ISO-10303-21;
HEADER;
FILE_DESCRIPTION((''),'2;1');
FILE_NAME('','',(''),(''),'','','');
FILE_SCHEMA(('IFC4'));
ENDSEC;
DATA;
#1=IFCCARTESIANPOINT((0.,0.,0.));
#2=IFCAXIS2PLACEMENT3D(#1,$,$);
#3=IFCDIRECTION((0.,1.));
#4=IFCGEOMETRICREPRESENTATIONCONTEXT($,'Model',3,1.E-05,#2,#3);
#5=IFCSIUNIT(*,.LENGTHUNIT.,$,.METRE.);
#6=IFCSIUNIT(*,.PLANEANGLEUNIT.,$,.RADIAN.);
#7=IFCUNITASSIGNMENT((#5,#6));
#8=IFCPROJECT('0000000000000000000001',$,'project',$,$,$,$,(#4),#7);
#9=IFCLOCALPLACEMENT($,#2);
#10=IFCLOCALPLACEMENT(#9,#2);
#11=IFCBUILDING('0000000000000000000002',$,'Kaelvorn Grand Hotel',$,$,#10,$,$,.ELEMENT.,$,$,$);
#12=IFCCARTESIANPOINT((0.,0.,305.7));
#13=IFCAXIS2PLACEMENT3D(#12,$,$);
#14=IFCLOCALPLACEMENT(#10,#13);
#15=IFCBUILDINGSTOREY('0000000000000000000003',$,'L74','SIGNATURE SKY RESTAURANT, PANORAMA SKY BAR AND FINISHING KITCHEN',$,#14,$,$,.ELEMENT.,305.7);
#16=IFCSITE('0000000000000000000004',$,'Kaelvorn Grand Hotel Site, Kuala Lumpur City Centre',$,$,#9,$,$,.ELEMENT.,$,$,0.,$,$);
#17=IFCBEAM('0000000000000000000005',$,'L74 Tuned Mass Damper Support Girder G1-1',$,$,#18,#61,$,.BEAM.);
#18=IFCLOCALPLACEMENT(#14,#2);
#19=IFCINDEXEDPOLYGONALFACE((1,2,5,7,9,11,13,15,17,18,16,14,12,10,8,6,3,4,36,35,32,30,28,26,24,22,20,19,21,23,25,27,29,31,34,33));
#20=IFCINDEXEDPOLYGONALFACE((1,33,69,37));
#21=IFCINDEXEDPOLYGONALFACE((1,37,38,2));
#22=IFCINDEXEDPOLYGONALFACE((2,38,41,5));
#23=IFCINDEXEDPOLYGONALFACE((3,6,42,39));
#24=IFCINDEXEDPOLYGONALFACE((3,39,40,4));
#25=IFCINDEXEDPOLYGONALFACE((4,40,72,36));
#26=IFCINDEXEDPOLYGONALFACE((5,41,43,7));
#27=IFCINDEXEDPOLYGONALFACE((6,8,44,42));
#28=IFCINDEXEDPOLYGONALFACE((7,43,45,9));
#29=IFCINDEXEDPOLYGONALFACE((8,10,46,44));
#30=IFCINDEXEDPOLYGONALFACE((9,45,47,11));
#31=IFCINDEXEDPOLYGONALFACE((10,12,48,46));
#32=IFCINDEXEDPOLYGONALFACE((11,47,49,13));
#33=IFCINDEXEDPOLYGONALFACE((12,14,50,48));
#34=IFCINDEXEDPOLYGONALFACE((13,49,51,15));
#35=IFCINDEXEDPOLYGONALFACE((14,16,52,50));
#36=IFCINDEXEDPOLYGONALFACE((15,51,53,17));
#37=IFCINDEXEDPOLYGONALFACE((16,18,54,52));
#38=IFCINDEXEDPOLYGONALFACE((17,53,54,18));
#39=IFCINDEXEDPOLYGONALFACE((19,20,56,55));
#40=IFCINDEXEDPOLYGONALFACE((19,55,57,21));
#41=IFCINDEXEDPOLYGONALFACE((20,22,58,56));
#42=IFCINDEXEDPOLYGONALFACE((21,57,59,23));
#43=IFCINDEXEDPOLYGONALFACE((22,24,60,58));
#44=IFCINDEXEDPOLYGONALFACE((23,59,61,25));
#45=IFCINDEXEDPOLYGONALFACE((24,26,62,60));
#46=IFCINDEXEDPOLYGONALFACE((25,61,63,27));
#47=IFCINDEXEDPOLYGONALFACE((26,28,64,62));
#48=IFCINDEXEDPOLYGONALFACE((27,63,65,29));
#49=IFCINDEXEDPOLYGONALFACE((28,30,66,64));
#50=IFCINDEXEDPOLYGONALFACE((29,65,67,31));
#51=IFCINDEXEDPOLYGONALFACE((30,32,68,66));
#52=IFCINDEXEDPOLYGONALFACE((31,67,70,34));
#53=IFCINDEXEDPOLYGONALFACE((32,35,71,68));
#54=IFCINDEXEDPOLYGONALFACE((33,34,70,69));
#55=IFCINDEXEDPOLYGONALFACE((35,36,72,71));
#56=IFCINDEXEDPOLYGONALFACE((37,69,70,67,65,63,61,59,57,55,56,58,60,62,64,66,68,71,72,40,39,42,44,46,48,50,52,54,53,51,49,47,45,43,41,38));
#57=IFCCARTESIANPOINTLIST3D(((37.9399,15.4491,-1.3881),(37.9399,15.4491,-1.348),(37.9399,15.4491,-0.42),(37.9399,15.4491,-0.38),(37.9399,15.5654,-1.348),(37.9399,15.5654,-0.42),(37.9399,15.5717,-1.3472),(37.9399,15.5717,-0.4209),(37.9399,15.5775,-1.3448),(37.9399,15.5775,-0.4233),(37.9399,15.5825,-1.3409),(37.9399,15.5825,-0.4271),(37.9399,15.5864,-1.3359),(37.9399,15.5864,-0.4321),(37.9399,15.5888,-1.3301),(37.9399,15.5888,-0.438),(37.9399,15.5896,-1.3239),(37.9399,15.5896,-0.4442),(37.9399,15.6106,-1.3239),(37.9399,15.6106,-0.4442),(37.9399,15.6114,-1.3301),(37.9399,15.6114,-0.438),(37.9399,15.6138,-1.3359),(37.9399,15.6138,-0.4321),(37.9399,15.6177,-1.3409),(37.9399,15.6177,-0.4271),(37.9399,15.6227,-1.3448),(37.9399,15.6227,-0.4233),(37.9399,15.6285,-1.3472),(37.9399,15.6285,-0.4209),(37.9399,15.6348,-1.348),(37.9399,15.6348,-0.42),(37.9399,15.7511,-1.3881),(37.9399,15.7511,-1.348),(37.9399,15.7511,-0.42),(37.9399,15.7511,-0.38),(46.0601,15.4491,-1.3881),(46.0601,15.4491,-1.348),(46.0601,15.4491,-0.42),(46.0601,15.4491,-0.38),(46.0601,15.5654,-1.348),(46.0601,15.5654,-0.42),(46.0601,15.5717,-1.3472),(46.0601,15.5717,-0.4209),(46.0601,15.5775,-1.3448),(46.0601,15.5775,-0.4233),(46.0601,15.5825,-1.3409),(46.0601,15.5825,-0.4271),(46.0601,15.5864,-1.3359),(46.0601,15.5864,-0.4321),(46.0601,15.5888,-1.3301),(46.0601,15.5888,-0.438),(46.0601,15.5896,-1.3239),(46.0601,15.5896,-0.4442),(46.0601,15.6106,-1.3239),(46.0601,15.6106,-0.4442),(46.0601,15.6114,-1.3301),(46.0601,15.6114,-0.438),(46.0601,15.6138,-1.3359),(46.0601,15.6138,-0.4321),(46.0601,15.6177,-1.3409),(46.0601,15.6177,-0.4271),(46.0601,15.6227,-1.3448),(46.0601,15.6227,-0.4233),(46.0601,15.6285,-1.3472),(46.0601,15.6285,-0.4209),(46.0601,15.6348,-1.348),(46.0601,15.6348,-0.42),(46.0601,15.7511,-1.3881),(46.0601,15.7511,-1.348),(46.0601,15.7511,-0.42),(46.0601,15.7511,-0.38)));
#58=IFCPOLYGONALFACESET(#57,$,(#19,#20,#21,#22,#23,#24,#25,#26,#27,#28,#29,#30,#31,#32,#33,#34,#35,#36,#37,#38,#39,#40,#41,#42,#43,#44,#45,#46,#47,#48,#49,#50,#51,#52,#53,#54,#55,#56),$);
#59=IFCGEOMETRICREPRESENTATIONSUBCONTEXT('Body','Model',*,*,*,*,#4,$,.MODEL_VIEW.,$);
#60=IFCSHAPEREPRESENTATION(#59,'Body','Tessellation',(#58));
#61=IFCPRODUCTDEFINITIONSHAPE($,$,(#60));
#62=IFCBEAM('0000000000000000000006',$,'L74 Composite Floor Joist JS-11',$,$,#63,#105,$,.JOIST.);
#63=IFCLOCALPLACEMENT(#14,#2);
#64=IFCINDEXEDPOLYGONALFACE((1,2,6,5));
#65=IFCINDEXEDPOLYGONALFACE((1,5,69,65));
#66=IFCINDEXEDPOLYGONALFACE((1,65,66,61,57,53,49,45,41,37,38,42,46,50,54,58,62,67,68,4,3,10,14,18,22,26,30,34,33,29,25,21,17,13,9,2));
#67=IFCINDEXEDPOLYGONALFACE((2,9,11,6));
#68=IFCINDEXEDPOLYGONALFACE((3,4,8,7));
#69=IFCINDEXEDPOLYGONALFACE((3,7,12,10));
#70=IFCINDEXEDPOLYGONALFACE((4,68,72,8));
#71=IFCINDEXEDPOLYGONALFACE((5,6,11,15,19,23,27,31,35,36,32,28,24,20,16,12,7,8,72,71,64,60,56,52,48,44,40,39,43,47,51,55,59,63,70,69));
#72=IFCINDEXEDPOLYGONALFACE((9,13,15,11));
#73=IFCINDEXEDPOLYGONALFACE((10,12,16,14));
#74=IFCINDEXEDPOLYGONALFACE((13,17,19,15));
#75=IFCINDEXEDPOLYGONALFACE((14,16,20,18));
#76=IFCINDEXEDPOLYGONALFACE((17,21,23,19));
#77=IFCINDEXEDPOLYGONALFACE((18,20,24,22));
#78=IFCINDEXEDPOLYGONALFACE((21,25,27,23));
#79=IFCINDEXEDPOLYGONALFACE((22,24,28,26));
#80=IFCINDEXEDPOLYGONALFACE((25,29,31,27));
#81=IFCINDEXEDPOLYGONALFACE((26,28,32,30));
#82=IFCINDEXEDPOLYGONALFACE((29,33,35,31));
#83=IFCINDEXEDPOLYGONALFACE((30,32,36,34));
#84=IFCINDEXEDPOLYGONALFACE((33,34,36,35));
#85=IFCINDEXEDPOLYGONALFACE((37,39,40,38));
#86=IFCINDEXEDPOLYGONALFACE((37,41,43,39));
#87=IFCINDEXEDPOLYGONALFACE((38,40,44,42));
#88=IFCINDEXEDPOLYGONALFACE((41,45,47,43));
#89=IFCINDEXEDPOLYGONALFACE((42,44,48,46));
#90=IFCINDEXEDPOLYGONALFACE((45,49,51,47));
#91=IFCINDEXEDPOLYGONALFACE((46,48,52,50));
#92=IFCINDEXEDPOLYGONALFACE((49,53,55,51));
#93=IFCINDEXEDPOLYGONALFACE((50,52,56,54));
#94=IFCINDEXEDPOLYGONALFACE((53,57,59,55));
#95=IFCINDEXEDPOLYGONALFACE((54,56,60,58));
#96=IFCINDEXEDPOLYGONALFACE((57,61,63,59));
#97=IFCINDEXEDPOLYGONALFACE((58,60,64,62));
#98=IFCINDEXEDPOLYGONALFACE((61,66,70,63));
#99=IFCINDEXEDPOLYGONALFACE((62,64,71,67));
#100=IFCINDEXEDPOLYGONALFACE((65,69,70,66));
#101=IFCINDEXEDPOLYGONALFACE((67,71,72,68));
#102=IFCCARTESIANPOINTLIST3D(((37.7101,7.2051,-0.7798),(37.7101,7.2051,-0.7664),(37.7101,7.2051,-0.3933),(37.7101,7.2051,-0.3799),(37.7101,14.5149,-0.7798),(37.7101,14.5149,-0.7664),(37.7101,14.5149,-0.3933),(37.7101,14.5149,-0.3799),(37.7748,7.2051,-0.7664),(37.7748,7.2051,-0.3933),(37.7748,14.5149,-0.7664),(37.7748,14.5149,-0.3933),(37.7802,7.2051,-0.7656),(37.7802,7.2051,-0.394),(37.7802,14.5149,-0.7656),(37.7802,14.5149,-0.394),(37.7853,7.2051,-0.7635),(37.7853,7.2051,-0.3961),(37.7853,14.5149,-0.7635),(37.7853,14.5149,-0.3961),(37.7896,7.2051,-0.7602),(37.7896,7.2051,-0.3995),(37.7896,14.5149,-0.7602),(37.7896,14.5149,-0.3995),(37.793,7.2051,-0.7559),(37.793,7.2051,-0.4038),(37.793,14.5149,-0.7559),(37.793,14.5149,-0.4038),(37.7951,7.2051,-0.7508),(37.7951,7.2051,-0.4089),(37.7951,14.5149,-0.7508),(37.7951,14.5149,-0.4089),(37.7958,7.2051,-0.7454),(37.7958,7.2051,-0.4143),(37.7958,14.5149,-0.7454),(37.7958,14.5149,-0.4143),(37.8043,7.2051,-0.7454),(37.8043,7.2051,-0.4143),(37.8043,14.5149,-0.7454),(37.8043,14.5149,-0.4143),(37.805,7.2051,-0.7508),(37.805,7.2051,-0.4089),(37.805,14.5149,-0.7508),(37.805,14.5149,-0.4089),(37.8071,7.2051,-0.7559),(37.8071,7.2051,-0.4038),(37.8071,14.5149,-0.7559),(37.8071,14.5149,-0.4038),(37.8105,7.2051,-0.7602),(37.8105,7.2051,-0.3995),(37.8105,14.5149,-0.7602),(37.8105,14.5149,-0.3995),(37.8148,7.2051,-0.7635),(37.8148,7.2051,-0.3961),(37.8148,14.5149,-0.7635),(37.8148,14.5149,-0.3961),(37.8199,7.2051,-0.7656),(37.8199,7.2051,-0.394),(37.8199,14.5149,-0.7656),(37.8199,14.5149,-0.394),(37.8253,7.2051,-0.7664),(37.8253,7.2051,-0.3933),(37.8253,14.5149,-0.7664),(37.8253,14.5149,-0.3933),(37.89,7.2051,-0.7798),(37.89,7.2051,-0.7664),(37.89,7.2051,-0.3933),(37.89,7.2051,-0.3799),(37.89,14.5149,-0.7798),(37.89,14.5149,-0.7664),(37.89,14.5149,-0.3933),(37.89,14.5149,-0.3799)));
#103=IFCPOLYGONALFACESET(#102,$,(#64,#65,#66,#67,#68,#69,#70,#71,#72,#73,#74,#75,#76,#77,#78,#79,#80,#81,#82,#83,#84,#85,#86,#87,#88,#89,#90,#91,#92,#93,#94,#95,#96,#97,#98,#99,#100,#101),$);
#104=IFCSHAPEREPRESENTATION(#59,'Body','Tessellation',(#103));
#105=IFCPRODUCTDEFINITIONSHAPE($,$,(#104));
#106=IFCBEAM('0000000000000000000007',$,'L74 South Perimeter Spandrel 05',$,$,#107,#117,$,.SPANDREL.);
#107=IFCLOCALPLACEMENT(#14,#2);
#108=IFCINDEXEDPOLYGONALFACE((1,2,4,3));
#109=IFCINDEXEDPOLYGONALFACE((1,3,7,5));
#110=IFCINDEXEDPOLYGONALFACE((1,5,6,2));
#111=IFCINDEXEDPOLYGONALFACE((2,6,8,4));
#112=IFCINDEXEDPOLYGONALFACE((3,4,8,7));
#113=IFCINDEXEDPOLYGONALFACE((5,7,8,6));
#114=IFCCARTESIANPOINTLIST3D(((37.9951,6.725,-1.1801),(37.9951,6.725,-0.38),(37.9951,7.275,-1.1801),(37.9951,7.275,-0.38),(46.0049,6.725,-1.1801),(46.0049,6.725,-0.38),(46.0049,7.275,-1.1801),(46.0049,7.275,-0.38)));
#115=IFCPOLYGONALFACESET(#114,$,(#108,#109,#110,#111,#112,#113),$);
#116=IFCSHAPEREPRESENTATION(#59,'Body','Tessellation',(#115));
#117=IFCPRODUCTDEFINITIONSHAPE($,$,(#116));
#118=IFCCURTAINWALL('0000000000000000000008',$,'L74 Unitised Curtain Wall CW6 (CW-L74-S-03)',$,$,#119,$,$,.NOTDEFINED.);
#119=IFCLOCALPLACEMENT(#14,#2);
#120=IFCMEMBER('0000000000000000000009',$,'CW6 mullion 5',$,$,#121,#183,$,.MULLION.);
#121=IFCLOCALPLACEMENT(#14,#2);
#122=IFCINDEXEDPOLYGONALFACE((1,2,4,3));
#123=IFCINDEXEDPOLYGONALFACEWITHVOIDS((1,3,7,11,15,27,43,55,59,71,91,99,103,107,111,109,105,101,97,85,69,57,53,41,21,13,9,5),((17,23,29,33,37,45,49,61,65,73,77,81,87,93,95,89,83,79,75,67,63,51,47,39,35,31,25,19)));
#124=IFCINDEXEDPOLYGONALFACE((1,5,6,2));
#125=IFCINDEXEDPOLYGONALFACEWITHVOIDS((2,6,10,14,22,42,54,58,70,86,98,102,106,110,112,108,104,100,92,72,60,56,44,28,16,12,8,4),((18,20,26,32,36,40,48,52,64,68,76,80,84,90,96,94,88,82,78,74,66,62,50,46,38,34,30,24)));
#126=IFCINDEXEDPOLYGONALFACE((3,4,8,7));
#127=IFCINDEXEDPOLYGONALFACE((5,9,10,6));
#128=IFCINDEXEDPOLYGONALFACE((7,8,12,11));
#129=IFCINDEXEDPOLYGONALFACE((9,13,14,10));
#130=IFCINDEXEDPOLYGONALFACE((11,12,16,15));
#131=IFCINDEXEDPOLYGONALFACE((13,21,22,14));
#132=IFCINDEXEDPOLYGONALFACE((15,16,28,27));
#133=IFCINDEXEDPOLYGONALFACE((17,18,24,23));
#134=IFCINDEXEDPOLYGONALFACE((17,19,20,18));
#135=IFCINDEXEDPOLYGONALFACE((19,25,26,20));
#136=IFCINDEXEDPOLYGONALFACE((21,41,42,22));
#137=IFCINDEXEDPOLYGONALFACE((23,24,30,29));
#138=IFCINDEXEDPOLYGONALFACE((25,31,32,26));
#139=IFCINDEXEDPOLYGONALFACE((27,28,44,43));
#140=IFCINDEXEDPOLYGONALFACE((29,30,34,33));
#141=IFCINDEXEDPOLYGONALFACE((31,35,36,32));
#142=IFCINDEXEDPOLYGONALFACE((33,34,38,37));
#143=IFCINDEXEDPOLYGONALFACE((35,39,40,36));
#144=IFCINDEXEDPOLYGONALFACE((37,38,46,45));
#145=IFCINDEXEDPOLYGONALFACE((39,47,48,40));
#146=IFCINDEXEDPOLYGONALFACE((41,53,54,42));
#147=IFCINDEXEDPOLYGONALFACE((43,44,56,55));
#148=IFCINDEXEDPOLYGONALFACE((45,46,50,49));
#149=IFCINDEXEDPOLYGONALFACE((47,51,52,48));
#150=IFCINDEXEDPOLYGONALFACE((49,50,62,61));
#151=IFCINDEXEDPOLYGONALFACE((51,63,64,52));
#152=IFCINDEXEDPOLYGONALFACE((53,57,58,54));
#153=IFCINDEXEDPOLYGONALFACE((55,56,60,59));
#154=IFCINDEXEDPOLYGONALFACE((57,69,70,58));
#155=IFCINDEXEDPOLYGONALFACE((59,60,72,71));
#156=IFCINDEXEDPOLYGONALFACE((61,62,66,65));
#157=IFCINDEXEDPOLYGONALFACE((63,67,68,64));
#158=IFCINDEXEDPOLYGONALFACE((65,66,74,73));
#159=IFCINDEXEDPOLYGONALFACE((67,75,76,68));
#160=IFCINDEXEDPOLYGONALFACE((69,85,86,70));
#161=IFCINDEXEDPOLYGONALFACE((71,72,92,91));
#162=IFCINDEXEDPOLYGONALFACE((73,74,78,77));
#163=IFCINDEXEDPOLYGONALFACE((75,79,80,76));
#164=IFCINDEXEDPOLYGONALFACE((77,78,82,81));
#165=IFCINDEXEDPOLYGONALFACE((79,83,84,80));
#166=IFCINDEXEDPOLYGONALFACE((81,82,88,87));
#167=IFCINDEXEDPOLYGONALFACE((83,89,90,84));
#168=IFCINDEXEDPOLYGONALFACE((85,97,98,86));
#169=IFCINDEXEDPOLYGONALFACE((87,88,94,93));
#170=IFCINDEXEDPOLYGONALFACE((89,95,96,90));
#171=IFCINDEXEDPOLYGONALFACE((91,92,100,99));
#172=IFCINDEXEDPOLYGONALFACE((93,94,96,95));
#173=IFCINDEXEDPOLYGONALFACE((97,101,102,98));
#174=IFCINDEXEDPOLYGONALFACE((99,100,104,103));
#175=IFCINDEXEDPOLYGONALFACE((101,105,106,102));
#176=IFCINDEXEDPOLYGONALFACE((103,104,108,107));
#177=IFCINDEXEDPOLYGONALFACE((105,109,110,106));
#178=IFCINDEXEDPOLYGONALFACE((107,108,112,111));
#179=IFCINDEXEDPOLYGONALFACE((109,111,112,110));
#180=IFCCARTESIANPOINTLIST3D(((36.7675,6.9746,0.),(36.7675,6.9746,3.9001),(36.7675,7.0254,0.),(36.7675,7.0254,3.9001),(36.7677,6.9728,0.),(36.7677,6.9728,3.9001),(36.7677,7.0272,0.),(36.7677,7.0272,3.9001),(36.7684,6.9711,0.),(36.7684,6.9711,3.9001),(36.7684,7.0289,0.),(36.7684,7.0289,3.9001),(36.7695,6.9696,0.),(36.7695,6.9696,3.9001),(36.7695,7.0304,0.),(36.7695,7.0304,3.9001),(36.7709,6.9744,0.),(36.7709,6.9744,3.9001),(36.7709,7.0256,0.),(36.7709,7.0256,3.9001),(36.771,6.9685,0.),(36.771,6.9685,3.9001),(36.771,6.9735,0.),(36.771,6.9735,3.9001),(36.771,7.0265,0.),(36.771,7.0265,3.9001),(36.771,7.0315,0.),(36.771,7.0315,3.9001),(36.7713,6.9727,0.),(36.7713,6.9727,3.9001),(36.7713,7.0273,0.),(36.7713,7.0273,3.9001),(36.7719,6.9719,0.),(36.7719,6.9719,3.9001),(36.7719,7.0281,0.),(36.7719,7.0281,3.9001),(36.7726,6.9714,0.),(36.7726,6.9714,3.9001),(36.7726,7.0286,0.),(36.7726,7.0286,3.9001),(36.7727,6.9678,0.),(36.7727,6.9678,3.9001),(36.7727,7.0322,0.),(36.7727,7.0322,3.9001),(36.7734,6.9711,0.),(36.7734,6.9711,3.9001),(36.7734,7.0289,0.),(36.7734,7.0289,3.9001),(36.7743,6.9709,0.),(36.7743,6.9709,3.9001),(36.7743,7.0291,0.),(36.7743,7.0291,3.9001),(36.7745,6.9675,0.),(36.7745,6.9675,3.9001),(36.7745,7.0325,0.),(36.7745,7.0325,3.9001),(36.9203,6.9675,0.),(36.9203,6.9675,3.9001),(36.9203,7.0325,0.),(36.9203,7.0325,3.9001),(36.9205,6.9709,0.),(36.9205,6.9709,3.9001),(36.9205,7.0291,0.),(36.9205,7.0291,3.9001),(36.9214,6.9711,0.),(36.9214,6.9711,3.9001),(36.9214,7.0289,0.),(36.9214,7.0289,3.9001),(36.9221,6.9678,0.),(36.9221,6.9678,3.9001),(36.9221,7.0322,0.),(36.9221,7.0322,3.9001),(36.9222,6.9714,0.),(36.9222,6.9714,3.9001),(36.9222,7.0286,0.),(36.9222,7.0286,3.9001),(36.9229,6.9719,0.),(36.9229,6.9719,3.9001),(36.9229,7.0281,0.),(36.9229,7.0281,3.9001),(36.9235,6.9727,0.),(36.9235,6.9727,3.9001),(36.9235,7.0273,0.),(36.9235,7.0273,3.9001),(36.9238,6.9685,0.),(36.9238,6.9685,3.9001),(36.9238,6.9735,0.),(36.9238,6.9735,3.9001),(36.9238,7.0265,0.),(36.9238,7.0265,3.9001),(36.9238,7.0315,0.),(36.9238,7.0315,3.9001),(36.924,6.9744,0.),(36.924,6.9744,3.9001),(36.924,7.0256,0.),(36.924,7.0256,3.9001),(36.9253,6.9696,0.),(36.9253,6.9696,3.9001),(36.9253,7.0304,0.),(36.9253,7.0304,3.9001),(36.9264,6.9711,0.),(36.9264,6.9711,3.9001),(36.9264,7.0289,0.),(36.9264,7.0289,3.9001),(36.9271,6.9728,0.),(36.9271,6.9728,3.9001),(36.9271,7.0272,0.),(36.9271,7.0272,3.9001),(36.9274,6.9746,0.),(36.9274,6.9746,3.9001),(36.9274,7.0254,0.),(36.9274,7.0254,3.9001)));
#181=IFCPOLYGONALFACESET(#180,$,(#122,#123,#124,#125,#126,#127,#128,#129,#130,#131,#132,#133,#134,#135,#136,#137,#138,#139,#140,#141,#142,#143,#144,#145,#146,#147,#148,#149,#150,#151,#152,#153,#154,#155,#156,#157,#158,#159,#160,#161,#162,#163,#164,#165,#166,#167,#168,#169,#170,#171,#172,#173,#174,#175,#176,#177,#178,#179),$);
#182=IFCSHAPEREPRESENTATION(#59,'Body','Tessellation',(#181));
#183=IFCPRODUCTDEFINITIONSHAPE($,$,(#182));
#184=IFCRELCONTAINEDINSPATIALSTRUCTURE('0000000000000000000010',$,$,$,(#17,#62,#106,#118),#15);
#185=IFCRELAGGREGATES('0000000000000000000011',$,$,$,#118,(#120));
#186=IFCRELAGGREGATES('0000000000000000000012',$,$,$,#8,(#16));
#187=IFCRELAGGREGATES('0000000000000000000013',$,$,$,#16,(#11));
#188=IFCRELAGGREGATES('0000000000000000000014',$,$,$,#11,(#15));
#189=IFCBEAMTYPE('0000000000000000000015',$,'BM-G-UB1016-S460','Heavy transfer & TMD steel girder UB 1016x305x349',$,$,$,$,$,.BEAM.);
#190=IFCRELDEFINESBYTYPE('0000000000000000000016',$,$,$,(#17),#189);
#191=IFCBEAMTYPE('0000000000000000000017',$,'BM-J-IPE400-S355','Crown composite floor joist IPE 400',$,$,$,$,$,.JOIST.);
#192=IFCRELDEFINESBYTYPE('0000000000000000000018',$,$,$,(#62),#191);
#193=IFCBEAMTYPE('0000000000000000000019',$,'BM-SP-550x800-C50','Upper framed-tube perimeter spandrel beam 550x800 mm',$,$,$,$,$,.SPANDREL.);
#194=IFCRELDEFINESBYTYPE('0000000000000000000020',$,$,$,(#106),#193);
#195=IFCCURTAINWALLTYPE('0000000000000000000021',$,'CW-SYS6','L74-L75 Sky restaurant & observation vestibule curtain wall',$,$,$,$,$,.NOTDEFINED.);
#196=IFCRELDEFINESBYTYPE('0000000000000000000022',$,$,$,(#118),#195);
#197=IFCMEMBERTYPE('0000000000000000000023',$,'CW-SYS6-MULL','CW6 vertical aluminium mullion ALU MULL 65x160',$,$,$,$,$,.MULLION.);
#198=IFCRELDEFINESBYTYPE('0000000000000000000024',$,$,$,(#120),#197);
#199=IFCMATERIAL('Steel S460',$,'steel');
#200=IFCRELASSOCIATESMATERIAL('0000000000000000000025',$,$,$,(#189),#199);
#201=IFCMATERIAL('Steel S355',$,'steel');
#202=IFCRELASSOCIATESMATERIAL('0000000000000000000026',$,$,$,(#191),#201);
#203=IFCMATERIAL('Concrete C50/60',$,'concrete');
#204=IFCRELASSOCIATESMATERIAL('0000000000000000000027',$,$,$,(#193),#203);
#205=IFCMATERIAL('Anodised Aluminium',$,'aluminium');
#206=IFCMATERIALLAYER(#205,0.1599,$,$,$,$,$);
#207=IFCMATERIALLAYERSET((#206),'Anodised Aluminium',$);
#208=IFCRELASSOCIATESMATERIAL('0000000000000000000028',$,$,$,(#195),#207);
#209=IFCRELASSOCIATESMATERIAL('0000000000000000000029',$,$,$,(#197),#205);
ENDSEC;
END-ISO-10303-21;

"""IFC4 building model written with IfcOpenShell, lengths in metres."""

from ifc_helpers import new_model, si_unit, direction, frame, origin, origin_2d, place, context, subcontext, project, spatial, rectangle, hollow_rectangle, i_section, extrude, material, layer, layer_set, material_profile, profile_set, type_object, element, aggregate, save


model = new_model("IFC4")

# Units and contexts
model_context = context("Model", 3, precision=1e-05, world=origin(), true_north=direction((0.0, 1.0)))
body_context = subcontext(model_context, "Body", "Model", "MODEL_VIEW")
ifc_project = project(units=[si_unit("LENGTHUNIT", "METRE"), si_unit("PLANEANGLEUNIT", "RADIAN")], contexts=[model_context])

# Site, building, storey
site_placement = place(None, origin())
site = spatial("IfcSite", under=ifc_project, at=site_placement, Name="Kaelvorn Grand Hotel Site, Kuala Lumpur City Centre", CompositionType="ELEMENT", RefElevation=0.0)
building_placement = place(site_placement, origin())
building = spatial("IfcBuilding", under=site, at=building_placement, Name="Kaelvorn Grand Hotel", CompositionType="ELEMENT")
storey_placement = place(building_placement, frame((0.0, 0.0, 305.7)))
storey = spatial("IfcBuildingStorey", under=building, at=storey_placement, Name="L74", Description="SIGNATURE SKY RESTAURANT, PANORAMA SKY BAR AND FINISHING KITCHEN", CompositionType="ELEMENT", Elevation=305.7)

# Shared definitions
ifc_material_1 = material(Name="Concrete C50/60", Category="concrete")
ifc_material_2 = material(Name="Steel S355", Category="steel")

# Beams
ifc_material_3 = material(Name="Steel S460", Category="steel")
ifc_material_profile_1 = material_profile(ifc_material_3, i_section(OverallWidth=0.302, OverallDepth=1.0081, WebThickness=0.021, FlangeThickness=0.04, FilletRadius=0.0242, at=origin_2d()), Name="UB 1016x305x349")
ifc_profile_set_1 = profile_set([ifc_material_profile_1], Name="Steel S460")
beam_type_1 = type_object("IfcBeamType", Name="BM-G-UB1016-S460", Description="Heavy transfer & TMD steel girder UB 1016x305x349", PredefinedType="BEAM", material=ifc_profile_set_1)
beam_1_placement = place(storey_placement, frame((37.9399, 15.6001, -0.884), z_axis=(1.0, 0.0, 0.0), x_axis=(0.0, 1.0, 0.0)))
element("IfcBeam", 1, at=beam_1_placement, inside=storey, type_object=beam_type_1, Name="L74 Tuned Mass Damper Support Girder G1-1", PredefinedType="BEAM", context=body_context, shape_type="SweptSolid", body=[
    extrude(i_section(OverallWidth=0.302, OverallDepth=1.0081, WebThickness=0.021, FlangeThickness=0.04, FilletRadius=0.0242, at=origin_2d()), origin(), (0.0, 0.0, 1.0), 8.1201),
])
ifc_material_profile_2 = material_profile(ifc_material_2, i_section(OverallWidth=0.1799, OverallDepth=0.3999, WebThickness=0.0085, FlangeThickness=0.0134, FilletRadius=0.021, at=origin_2d()), Name="IPE 400")
ifc_profile_set_2 = profile_set([ifc_material_profile_2], Name="Steel S355")
beam_type_2 = type_object("IfcBeamType", Name="BM-J-IPE400-S355", Description="Crown composite floor joist IPE 400", PredefinedType="JOIST", material=ifc_profile_set_2)
beam_2_placement = place(storey_placement, frame((37.8, 7.2051, -0.5798), z_axis=(0.0, 1.0, 0.0), x_axis=(-1.0, 0.0, 0.0)))
element("IfcBeam", 2, at=beam_2_placement, inside=storey, type_object=beam_type_2, Name="L74 Composite Floor Joist JS-11", PredefinedType="JOIST", context=body_context, shape_type="SweptSolid", body=[
    extrude(i_section(OverallWidth=0.1799, OverallDepth=0.3999, WebThickness=0.0085, FlangeThickness=0.0134, FilletRadius=0.021, at=origin_2d()), origin(), (0.0, 0.0, 1.0), 7.3098),
])
ifc_material_profile_3 = material_profile(ifc_material_1, rectangle(XDim=0.55, YDim=0.8, at=origin_2d()), Name="RC SPANDREL 550x800")
ifc_profile_set_3 = profile_set([ifc_material_profile_3], Name="Concrete C50/60")
beam_type_3 = type_object("IfcBeamType", Name="BM-SP-550x800-C50", Description="Upper framed-tube perimeter spandrel beam 550x800 mm", PredefinedType="SPANDREL", material=ifc_profile_set_3)
beam_3_placement = place(storey_placement, frame((37.9951, 7.0, -0.78), z_axis=(1.0, 0.0, 0.0), x_axis=(0.0, 1.0, 0.0)))
element("IfcBeam", 3, at=beam_3_placement, inside=storey, type_object=beam_type_3, Name="L74 South Perimeter Spandrel 05", PredefinedType="SPANDREL", context=body_context, shape_type="SweptSolid", body=[
    extrude(rectangle(XDim=0.55, YDim=0.8, at=origin_2d()), origin(), (0.0, 0.0, 1.0), 8.0098),
])

# Curtain wall, member
ifc_material_4 = material(Name="Anodised Aluminium", Category="aluminium")
ifc_layer_1 = layer(ifc_material_4, 0.1599)
ifc_layer_set_1 = layer_set([ifc_layer_1], Name="Anodised Aluminium")
curtain_wall_type = type_object("IfcCurtainWallType", Name="CW-SYS6", Description="L74-L75 Sky restaurant & observation vestibule curtain wall", PredefinedType="NOTDEFINED", material=ifc_layer_set_1)
curtain_wall_1_placement = place(storey_placement, origin())
curtain_wall_1 = element("IfcCurtainWall", 4, at=curtain_wall_1_placement, inside=storey, type_object=curtain_wall_type, Name="L74 Unitised Curtain Wall CW6 (CW-L74-S-03)", PredefinedType="NOTDEFINED")
ifc_material_profile_4 = material_profile(ifc_material_4, hollow_rectangle(XDim=0.0649, YDim=0.1599, WallThickness=0.0034, InnerFilletRadius=0.0034, OuterFilletRadius=0.0071, at=origin_2d()), Name="ALU MULL 65x160")
ifc_profile_set_4 = profile_set([ifc_material_profile_4], Name="Anodised Aluminium")
member_type_1 = type_object("IfcMemberType", Name="CW-SYS6-MULL", Description="CW6 vertical aluminium mullion ALU MULL 65x160", PredefinedType="MULLION", material=ifc_profile_set_4)
member_1_placement = place(storey_placement, frame((36.8474, 7.0, 0.0), z_axis=(0.0, 0.0, 1.0), x_axis=(0.0, 1.0, 0.0)))
member_1 = element("IfcMember", 5, at=member_1_placement, type_object=member_type_1, Name="CW6 mullion 5", PredefinedType="MULLION", context=body_context, shape_type="SweptSolid", body=[
    extrude(hollow_rectangle(XDim=0.0649, YDim=0.1599, WallThickness=0.0034, InnerFilletRadius=0.0034, OuterFilletRadius=0.0071, at=origin_2d()), origin(), (0.0, 0.0, 1.0), 3.9001),
])
aggregate(curtain_wall_1, [member_1])

save(model, "model.ifc")
